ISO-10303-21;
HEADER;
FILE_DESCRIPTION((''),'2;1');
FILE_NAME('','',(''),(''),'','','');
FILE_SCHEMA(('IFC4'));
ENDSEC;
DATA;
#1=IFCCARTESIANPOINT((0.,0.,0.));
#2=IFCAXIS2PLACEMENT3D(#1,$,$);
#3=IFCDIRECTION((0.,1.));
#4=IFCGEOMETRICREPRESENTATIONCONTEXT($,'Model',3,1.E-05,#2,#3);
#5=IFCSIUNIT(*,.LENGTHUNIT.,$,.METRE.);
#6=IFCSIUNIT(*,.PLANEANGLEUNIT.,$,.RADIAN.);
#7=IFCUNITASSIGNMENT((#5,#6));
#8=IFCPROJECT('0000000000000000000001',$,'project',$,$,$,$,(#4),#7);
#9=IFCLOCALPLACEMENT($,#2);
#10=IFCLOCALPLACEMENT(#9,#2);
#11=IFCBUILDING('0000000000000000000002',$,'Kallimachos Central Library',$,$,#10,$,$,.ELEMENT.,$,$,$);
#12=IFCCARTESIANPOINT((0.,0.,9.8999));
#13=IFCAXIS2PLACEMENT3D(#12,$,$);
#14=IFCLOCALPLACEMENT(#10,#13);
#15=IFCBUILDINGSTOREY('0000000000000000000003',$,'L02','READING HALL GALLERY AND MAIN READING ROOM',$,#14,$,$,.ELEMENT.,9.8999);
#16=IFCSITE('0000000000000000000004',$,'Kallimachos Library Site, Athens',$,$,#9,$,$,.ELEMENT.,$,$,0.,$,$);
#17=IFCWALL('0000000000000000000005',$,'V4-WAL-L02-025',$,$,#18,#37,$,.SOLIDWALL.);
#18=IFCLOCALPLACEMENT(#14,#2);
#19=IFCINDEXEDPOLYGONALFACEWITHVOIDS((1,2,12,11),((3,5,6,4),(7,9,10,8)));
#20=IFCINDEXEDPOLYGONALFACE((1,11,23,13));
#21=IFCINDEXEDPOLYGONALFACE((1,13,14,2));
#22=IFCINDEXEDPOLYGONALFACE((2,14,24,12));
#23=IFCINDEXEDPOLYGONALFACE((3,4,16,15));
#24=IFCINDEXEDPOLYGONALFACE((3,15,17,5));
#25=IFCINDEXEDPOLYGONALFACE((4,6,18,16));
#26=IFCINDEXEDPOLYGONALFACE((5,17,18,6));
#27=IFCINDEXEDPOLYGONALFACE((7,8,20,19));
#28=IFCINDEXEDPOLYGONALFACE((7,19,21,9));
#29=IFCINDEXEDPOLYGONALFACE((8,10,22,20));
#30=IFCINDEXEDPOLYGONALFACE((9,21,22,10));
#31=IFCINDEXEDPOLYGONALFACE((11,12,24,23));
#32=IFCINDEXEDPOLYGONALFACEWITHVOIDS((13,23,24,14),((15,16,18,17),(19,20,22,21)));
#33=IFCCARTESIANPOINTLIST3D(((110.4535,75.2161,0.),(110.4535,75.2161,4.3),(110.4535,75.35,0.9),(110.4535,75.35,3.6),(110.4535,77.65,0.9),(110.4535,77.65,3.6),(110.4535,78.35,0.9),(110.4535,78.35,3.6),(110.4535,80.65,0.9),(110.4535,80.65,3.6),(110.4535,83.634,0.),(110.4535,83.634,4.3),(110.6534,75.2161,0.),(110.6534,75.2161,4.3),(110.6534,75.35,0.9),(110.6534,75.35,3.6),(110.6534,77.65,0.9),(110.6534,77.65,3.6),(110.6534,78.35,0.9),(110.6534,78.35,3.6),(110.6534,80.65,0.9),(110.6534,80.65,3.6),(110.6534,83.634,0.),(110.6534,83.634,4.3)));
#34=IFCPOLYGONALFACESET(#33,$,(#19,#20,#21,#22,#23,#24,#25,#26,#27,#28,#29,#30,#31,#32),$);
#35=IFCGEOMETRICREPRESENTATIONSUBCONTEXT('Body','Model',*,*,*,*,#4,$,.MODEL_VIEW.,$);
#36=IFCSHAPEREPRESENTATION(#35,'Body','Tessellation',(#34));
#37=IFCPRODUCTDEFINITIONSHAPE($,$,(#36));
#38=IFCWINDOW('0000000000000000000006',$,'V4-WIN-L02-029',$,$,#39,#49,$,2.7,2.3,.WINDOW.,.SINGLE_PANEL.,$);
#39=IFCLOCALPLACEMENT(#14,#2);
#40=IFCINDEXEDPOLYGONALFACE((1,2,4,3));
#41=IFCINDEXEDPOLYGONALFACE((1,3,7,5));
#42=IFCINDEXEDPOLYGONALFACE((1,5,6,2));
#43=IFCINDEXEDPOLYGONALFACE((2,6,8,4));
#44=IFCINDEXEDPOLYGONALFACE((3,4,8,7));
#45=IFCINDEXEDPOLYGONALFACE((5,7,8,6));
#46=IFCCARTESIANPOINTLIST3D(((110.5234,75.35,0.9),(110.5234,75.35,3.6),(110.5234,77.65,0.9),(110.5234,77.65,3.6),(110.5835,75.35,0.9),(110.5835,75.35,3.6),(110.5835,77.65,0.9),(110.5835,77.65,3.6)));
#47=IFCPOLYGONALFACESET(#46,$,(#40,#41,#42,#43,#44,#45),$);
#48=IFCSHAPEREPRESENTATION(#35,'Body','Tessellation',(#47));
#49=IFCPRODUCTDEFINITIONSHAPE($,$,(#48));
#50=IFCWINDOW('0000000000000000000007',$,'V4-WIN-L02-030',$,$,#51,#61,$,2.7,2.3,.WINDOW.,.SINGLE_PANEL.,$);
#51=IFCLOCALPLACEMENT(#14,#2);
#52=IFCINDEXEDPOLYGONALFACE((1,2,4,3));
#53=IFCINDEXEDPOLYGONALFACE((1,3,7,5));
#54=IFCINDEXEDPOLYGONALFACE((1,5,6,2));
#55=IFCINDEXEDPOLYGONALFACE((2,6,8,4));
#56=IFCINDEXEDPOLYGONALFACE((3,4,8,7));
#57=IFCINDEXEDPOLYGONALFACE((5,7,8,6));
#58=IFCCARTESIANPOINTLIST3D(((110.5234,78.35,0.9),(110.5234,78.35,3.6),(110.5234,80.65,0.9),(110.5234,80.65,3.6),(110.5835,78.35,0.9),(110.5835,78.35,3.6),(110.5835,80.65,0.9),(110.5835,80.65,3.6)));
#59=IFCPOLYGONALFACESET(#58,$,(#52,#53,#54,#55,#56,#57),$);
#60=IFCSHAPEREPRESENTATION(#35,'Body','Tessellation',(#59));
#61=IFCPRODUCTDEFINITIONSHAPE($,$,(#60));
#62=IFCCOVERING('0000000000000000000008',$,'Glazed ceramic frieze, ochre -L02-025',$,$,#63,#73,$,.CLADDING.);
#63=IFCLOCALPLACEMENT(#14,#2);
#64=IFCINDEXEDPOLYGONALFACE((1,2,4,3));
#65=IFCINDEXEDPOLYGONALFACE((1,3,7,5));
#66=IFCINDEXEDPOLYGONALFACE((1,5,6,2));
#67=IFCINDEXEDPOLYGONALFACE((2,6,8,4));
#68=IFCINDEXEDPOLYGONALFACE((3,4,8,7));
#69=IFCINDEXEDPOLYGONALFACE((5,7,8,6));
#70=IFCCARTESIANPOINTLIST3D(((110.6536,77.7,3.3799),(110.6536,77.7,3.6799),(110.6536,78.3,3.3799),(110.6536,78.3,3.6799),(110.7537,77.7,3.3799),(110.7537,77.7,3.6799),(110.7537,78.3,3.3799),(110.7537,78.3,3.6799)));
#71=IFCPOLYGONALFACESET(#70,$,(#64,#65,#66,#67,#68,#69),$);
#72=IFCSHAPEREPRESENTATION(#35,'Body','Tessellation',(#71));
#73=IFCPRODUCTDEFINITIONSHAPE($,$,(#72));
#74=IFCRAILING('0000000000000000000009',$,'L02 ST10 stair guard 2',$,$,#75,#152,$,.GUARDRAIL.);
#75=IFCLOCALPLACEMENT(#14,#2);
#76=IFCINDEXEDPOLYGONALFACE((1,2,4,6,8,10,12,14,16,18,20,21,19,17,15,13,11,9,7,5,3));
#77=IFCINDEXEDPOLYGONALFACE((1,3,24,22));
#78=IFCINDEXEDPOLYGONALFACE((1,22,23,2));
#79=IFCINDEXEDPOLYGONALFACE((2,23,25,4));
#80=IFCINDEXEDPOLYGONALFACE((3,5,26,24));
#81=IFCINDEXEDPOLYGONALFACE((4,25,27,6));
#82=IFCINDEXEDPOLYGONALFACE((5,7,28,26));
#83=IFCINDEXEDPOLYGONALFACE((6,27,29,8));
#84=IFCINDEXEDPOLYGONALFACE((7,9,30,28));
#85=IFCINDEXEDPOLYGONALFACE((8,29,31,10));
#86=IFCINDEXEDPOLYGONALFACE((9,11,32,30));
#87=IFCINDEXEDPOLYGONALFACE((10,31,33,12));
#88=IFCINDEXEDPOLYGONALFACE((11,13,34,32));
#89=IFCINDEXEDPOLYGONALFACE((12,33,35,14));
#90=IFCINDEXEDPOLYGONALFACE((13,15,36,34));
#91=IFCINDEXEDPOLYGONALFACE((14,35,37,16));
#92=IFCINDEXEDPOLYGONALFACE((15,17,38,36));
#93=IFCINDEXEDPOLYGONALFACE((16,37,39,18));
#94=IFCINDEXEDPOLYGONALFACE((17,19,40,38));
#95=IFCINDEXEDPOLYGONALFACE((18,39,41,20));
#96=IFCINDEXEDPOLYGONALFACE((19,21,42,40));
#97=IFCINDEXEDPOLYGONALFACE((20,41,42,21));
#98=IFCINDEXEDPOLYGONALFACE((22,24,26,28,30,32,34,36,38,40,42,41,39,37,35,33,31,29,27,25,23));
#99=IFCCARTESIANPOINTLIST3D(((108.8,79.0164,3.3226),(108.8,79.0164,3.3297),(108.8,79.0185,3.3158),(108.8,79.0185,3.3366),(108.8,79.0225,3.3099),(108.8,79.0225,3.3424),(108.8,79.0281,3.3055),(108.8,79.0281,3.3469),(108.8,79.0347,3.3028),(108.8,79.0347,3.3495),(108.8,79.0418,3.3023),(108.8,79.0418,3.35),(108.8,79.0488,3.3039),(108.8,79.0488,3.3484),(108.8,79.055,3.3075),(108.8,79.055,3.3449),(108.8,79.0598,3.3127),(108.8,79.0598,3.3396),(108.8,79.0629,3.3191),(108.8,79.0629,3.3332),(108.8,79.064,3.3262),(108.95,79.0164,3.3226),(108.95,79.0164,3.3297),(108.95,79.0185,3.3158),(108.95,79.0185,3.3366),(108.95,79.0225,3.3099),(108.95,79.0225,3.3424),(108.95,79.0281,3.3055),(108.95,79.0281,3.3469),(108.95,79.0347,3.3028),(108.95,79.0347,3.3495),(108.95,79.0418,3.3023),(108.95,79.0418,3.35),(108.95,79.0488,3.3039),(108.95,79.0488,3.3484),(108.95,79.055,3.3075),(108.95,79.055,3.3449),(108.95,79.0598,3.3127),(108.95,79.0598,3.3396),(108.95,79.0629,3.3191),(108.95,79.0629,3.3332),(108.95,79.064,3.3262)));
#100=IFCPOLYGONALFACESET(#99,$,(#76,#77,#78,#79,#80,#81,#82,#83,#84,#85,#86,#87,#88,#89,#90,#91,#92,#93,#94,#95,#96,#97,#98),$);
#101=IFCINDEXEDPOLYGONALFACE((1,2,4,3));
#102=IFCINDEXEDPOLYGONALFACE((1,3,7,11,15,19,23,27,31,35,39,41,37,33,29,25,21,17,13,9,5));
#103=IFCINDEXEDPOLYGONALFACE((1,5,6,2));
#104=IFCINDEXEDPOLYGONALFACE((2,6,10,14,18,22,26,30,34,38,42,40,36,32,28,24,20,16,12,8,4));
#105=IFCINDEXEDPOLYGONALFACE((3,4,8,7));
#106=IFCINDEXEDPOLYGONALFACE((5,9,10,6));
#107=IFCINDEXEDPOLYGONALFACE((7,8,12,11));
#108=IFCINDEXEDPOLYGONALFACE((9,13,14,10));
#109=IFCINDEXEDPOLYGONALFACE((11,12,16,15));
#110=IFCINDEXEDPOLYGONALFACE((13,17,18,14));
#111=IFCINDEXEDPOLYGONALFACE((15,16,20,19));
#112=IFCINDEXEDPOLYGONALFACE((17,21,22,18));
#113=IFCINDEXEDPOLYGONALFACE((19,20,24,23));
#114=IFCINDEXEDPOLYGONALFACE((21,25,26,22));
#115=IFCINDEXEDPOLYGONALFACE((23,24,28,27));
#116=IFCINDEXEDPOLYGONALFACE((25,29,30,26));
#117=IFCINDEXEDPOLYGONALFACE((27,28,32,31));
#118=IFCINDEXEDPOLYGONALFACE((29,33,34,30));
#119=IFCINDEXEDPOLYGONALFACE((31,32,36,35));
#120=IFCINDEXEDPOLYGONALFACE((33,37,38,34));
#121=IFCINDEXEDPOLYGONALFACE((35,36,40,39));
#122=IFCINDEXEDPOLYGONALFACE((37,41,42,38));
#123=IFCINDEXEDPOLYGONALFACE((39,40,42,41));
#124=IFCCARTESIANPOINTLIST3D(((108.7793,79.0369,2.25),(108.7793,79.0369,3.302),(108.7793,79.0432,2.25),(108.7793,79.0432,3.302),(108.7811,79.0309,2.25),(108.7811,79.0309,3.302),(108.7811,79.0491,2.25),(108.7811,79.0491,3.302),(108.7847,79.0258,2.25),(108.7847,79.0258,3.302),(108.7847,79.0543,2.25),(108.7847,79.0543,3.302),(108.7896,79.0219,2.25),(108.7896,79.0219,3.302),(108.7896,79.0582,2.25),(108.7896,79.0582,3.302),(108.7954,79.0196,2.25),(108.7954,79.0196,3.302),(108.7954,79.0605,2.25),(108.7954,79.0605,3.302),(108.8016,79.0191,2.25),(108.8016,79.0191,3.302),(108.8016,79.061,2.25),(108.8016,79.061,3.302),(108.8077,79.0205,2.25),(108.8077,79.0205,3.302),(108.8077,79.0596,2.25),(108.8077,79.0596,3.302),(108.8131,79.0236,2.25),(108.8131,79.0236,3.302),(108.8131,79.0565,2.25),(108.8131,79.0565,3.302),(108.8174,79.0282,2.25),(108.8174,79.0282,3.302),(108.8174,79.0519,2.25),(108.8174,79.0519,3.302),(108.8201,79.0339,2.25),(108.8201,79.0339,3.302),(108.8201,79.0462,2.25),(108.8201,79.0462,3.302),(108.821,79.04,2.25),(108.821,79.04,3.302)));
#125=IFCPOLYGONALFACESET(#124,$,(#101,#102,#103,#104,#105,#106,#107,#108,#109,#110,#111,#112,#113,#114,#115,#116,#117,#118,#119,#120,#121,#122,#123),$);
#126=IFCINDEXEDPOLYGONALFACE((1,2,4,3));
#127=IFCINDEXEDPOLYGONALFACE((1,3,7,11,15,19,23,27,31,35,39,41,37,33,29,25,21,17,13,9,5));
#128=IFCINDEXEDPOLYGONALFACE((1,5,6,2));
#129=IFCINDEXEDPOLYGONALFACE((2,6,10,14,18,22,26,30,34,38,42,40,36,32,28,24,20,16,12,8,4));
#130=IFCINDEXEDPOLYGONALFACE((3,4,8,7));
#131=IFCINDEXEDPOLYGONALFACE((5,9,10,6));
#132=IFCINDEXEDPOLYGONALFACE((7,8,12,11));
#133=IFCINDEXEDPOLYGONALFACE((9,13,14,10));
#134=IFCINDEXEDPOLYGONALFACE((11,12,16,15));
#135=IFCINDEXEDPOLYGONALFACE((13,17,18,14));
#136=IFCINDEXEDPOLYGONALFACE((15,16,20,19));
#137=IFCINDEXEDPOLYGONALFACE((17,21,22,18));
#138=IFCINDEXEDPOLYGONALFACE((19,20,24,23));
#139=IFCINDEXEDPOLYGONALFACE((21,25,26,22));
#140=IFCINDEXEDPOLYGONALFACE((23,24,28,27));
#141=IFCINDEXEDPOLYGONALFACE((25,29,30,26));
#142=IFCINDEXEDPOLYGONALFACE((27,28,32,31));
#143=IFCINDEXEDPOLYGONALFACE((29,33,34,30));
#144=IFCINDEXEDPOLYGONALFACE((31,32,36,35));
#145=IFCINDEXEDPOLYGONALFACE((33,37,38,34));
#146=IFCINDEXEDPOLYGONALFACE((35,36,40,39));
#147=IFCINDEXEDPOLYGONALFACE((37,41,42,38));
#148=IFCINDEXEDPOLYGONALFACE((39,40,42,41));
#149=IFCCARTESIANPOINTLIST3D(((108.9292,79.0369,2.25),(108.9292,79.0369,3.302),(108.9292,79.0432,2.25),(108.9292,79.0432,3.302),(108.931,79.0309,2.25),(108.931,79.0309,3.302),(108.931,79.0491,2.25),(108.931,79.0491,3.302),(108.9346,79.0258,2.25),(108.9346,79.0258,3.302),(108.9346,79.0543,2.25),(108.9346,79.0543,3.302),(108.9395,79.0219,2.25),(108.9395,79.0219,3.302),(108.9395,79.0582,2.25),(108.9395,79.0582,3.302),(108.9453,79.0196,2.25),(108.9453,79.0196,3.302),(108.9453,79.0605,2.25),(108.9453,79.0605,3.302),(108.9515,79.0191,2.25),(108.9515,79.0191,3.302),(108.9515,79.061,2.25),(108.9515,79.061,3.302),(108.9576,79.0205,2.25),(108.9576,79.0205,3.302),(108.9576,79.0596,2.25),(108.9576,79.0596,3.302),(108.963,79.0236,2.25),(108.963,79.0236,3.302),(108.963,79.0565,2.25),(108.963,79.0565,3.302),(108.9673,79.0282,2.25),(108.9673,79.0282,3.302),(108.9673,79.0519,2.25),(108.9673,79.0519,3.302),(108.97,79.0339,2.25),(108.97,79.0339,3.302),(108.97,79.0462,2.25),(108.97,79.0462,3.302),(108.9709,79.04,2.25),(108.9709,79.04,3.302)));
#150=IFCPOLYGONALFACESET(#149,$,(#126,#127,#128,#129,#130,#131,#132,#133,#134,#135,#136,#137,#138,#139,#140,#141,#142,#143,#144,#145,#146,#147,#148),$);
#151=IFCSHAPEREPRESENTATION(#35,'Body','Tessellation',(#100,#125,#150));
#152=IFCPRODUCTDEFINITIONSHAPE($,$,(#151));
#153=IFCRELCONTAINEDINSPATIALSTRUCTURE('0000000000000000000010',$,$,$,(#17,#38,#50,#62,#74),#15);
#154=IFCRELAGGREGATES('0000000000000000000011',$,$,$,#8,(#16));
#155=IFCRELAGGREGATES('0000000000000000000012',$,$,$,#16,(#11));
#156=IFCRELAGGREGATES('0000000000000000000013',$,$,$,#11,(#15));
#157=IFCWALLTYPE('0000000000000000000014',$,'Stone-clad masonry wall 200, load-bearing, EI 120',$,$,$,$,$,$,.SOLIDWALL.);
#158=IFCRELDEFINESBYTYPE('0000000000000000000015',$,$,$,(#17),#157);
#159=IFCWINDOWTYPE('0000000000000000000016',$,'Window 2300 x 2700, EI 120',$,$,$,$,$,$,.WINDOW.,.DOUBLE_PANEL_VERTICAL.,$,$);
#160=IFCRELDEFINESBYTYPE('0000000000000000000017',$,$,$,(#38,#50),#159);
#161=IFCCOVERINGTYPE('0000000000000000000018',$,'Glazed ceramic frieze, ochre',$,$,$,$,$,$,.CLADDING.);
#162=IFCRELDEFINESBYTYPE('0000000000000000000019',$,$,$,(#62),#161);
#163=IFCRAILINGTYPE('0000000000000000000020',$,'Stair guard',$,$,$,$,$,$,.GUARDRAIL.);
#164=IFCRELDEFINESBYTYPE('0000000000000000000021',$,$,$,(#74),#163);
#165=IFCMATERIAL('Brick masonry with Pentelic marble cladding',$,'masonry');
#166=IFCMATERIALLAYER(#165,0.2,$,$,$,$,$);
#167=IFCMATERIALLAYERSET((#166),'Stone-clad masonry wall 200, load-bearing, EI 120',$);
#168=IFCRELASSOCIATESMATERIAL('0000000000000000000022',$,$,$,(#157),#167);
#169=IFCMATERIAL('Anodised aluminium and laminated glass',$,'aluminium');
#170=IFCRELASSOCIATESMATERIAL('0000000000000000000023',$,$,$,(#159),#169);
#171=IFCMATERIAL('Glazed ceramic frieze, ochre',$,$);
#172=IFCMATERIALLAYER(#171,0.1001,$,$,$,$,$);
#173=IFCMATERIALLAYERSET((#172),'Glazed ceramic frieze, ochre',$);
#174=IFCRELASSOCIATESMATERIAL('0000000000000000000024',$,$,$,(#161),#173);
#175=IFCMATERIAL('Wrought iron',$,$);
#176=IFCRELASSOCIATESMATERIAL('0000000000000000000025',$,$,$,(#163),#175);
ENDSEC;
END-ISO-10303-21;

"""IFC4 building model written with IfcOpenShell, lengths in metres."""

from ifc_helpers import new_model, si_unit, direction, frame, frame_2d, origin, origin_2d, place, context, subcontext, project, spatial, rectangle, circle, extrude, material, layer, layer_set, type_object, element, fill, save


model = new_model("IFC4")

# Units and contexts
model_context = context("Model", 3, precision=1e-05, world=origin(), true_north=direction((0.0, 1.0)))
body_context = subcontext(model_context, "Body", "Model", "MODEL_VIEW")
ifc_project = project(units=[si_unit("LENGTHUNIT", "METRE"), si_unit("PLANEANGLEUNIT", "RADIAN")], contexts=[model_context])

# Site, building, storey
site_placement = place(None, origin())
site = spatial("IfcSite", under=ifc_project, at=site_placement, Name="Kallimachos Library Site, Athens", CompositionType="ELEMENT", RefElevation=0.0)
building_placement = place(site_placement, origin())
building = spatial("IfcBuilding", under=site, at=building_placement, Name="Kallimachos Central Library", CompositionType="ELEMENT")
storey_placement = place(building_placement, frame((0.0, 0.0, 9.8999)))
storey = spatial("IfcBuildingStorey", under=building, at=storey_placement, Name="L02", Description="READING HALL GALLERY AND MAIN READING ROOM", CompositionType="ELEMENT", Elevation=9.8999)

# Wall, openings, windows
ifc_material_1 = material(Name="Brick masonry with Pentelic marble cladding", Category="masonry")
ifc_layer_1 = layer(ifc_material_1, 0.2)
ifc_layer_set_1 = layer_set([ifc_layer_1], Name="Stone-clad masonry wall 200, load-bearing, EI 120")
wall_type_1 = type_object("IfcWallType", Name="Stone-clad masonry wall 200, load-bearing, EI 120", PredefinedType="SOLIDWALL", material=ifc_layer_set_1)
wall_1_placement = place(storey_placement, frame((110.5535, 75.2161, 0.0), z_axis=(0.0, 0.0, 1.0), x_axis=(0.0, 1.0, 0.0)))
wall_1 = element("IfcWall", 1, at=wall_1_placement, inside=storey, type_object=wall_type_1, Name="V4-WAL-L02-025", PredefinedType="SOLIDWALL", context=body_context, shape_type="SweptSolid", body=[
    extrude(rectangle(XDim=8.418, YDim=0.2, at=frame_2d((4.209, 0.0))), origin(), (0.0, 0.0, 1.0), 4.3),
])
opening_1_placement = place(wall_1_placement, frame((0.134, 0.0, 0.8999)))
opening_1 = element("IfcOpeningElement", 2, at=opening_1_placement, cuts=wall_1, PredefinedType="OPENING", context=body_context, shape_type="SweptSolid", body=[
    extrude(rectangle(XDim=2.3, YDim=2.7, at=frame_2d((1.1499, 1.3501))), frame((0.0, 0.1099, 0.0), z_axis=(0.0, -1.0, 0.0), x_axis=(1.0, 0.0, 0.0)), (0.0, 0.0, 1.0), 0.22),
])
opening_2_placement = place(wall_1_placement, frame((3.134, 0.0, 0.8999)))
opening_2 = element("IfcOpeningElement", 3, at=opening_2_placement, cuts=wall_1, PredefinedType="OPENING", context=body_context, shape_type="SweptSolid", body=[
    extrude(rectangle(XDim=2.3, YDim=2.7, at=frame_2d((1.1499, 1.3501))), frame((0.0, 0.1099, 0.0), z_axis=(0.0, -1.0, 0.0), x_axis=(1.0, 0.0, 0.0)), (0.0, 0.0, 1.0), 0.22),
])
ifc_material_2 = material(Name="Anodised aluminium and laminated glass", Category="aluminium")
window_type = type_object("IfcWindowType", Name="Window 2300 x 2700, EI 120", PartitioningType="DOUBLE_PANEL_VERTICAL", PredefinedType="WINDOW", material=ifc_material_2)
window_1_placement = place(opening_1_placement, origin())
window_1 = element("IfcWindow", 4, at=window_1_placement, inside=storey, type_object=window_type, Name="V4-WIN-L02-029", OverallHeight=2.7, OverallWidth=2.3, PartitioningType="SINGLE_PANEL", PredefinedType="WINDOW", context=body_context, shape_type="SweptSolid", body=[
    extrude(rectangle(XDim=2.3, YDim=2.7, at=frame_2d((1.1499, 1.3501))), frame((0.0, 0.03, 0.0), z_axis=(0.0, -1.0, 0.0), x_axis=(1.0, 0.0, 0.0)), (0.0, 0.0, 1.0), 0.0601),
])
fill(opening_1, window_1)
window_2_placement = place(opening_2_placement, origin())
window_2 = element("IfcWindow", 5, at=window_2_placement, inside=storey, type_object=window_type, Name="V4-WIN-L02-030", OverallHeight=2.7, OverallWidth=2.3, PartitioningType="SINGLE_PANEL", PredefinedType="WINDOW", context=body_context, shape_type="SweptSolid", body=[
    extrude(rectangle(XDim=2.3, YDim=2.7, at=frame_2d((1.1499, 1.3501))), frame((0.0, 0.03, 0.0), z_axis=(0.0, -1.0, 0.0), x_axis=(1.0, 0.0, 0.0)), (0.0, 0.0, 1.0), 0.0601),
])
fill(opening_2, window_2)

# Covering
ifc_material_3 = material(Name="Glazed ceramic frieze, ochre")
ifc_layer_2 = layer(ifc_material_3, 0.1001)
ifc_layer_set_2 = layer_set([ifc_layer_2], Name="Glazed ceramic frieze, ochre")
covering_type = type_object("IfcCoveringType", Name="Glazed ceramic frieze, ochre", PredefinedType="CLADDING", material=ifc_layer_set_2)
covering_placement = place(storey_placement, frame((110.7036, 78.0, 3.3799), z_axis=(0.0, 0.0, 1.0), x_axis=(1.0, 0.0, 0.0)))
element("IfcCovering", 6, at=covering_placement, inside=storey, type_object=covering_type, Name="Glazed ceramic frieze, ochre -L02-025", PredefinedType="CLADDING", context=body_context, shape_type="SweptSolid", body=[
    extrude(rectangle(XDim=0.1001, YDim=0.6001, at=origin_2d()), origin(), (0.0, 0.0, 1.0), 0.3),
])

# Railing
ifc_material_4 = material(Name="Wrought iron")
railing_type = type_object("IfcRailingType", Name="Stair guard", PredefinedType="GUARDRAIL", material=ifc_material_4)
railing_1_placement = place(storey_placement, frame((108.8, 79.04, 2.25)))
element("IfcRailing", 7, at=railing_1_placement, inside=storey, type_object=railing_type, Name="L02 ST10 stair guard 2", PredefinedType="GUARDRAIL", context=body_context, shape_type="SweptSolid", body=[
    extrude(circle(Radius=0.0239, at=origin_2d()), frame((0.0, 0.0, 1.0762), z_axis=(1.0, 0.0, 0.0), x_axis=(0.0, 1.0, 0.0)), (0.0, 0.0, 1.0), 0.1499),
    extrude(circle(Radius=0.021, at=origin_2d()), origin(), (0.0, 0.0, 1.0), 1.052),
    extrude(circle(Radius=0.021, at=origin_2d()), frame((0.1499, 0.0, 0.0)), (0.0, 0.0, 1.0), 1.052),
])

save(model, "model.ifc")
